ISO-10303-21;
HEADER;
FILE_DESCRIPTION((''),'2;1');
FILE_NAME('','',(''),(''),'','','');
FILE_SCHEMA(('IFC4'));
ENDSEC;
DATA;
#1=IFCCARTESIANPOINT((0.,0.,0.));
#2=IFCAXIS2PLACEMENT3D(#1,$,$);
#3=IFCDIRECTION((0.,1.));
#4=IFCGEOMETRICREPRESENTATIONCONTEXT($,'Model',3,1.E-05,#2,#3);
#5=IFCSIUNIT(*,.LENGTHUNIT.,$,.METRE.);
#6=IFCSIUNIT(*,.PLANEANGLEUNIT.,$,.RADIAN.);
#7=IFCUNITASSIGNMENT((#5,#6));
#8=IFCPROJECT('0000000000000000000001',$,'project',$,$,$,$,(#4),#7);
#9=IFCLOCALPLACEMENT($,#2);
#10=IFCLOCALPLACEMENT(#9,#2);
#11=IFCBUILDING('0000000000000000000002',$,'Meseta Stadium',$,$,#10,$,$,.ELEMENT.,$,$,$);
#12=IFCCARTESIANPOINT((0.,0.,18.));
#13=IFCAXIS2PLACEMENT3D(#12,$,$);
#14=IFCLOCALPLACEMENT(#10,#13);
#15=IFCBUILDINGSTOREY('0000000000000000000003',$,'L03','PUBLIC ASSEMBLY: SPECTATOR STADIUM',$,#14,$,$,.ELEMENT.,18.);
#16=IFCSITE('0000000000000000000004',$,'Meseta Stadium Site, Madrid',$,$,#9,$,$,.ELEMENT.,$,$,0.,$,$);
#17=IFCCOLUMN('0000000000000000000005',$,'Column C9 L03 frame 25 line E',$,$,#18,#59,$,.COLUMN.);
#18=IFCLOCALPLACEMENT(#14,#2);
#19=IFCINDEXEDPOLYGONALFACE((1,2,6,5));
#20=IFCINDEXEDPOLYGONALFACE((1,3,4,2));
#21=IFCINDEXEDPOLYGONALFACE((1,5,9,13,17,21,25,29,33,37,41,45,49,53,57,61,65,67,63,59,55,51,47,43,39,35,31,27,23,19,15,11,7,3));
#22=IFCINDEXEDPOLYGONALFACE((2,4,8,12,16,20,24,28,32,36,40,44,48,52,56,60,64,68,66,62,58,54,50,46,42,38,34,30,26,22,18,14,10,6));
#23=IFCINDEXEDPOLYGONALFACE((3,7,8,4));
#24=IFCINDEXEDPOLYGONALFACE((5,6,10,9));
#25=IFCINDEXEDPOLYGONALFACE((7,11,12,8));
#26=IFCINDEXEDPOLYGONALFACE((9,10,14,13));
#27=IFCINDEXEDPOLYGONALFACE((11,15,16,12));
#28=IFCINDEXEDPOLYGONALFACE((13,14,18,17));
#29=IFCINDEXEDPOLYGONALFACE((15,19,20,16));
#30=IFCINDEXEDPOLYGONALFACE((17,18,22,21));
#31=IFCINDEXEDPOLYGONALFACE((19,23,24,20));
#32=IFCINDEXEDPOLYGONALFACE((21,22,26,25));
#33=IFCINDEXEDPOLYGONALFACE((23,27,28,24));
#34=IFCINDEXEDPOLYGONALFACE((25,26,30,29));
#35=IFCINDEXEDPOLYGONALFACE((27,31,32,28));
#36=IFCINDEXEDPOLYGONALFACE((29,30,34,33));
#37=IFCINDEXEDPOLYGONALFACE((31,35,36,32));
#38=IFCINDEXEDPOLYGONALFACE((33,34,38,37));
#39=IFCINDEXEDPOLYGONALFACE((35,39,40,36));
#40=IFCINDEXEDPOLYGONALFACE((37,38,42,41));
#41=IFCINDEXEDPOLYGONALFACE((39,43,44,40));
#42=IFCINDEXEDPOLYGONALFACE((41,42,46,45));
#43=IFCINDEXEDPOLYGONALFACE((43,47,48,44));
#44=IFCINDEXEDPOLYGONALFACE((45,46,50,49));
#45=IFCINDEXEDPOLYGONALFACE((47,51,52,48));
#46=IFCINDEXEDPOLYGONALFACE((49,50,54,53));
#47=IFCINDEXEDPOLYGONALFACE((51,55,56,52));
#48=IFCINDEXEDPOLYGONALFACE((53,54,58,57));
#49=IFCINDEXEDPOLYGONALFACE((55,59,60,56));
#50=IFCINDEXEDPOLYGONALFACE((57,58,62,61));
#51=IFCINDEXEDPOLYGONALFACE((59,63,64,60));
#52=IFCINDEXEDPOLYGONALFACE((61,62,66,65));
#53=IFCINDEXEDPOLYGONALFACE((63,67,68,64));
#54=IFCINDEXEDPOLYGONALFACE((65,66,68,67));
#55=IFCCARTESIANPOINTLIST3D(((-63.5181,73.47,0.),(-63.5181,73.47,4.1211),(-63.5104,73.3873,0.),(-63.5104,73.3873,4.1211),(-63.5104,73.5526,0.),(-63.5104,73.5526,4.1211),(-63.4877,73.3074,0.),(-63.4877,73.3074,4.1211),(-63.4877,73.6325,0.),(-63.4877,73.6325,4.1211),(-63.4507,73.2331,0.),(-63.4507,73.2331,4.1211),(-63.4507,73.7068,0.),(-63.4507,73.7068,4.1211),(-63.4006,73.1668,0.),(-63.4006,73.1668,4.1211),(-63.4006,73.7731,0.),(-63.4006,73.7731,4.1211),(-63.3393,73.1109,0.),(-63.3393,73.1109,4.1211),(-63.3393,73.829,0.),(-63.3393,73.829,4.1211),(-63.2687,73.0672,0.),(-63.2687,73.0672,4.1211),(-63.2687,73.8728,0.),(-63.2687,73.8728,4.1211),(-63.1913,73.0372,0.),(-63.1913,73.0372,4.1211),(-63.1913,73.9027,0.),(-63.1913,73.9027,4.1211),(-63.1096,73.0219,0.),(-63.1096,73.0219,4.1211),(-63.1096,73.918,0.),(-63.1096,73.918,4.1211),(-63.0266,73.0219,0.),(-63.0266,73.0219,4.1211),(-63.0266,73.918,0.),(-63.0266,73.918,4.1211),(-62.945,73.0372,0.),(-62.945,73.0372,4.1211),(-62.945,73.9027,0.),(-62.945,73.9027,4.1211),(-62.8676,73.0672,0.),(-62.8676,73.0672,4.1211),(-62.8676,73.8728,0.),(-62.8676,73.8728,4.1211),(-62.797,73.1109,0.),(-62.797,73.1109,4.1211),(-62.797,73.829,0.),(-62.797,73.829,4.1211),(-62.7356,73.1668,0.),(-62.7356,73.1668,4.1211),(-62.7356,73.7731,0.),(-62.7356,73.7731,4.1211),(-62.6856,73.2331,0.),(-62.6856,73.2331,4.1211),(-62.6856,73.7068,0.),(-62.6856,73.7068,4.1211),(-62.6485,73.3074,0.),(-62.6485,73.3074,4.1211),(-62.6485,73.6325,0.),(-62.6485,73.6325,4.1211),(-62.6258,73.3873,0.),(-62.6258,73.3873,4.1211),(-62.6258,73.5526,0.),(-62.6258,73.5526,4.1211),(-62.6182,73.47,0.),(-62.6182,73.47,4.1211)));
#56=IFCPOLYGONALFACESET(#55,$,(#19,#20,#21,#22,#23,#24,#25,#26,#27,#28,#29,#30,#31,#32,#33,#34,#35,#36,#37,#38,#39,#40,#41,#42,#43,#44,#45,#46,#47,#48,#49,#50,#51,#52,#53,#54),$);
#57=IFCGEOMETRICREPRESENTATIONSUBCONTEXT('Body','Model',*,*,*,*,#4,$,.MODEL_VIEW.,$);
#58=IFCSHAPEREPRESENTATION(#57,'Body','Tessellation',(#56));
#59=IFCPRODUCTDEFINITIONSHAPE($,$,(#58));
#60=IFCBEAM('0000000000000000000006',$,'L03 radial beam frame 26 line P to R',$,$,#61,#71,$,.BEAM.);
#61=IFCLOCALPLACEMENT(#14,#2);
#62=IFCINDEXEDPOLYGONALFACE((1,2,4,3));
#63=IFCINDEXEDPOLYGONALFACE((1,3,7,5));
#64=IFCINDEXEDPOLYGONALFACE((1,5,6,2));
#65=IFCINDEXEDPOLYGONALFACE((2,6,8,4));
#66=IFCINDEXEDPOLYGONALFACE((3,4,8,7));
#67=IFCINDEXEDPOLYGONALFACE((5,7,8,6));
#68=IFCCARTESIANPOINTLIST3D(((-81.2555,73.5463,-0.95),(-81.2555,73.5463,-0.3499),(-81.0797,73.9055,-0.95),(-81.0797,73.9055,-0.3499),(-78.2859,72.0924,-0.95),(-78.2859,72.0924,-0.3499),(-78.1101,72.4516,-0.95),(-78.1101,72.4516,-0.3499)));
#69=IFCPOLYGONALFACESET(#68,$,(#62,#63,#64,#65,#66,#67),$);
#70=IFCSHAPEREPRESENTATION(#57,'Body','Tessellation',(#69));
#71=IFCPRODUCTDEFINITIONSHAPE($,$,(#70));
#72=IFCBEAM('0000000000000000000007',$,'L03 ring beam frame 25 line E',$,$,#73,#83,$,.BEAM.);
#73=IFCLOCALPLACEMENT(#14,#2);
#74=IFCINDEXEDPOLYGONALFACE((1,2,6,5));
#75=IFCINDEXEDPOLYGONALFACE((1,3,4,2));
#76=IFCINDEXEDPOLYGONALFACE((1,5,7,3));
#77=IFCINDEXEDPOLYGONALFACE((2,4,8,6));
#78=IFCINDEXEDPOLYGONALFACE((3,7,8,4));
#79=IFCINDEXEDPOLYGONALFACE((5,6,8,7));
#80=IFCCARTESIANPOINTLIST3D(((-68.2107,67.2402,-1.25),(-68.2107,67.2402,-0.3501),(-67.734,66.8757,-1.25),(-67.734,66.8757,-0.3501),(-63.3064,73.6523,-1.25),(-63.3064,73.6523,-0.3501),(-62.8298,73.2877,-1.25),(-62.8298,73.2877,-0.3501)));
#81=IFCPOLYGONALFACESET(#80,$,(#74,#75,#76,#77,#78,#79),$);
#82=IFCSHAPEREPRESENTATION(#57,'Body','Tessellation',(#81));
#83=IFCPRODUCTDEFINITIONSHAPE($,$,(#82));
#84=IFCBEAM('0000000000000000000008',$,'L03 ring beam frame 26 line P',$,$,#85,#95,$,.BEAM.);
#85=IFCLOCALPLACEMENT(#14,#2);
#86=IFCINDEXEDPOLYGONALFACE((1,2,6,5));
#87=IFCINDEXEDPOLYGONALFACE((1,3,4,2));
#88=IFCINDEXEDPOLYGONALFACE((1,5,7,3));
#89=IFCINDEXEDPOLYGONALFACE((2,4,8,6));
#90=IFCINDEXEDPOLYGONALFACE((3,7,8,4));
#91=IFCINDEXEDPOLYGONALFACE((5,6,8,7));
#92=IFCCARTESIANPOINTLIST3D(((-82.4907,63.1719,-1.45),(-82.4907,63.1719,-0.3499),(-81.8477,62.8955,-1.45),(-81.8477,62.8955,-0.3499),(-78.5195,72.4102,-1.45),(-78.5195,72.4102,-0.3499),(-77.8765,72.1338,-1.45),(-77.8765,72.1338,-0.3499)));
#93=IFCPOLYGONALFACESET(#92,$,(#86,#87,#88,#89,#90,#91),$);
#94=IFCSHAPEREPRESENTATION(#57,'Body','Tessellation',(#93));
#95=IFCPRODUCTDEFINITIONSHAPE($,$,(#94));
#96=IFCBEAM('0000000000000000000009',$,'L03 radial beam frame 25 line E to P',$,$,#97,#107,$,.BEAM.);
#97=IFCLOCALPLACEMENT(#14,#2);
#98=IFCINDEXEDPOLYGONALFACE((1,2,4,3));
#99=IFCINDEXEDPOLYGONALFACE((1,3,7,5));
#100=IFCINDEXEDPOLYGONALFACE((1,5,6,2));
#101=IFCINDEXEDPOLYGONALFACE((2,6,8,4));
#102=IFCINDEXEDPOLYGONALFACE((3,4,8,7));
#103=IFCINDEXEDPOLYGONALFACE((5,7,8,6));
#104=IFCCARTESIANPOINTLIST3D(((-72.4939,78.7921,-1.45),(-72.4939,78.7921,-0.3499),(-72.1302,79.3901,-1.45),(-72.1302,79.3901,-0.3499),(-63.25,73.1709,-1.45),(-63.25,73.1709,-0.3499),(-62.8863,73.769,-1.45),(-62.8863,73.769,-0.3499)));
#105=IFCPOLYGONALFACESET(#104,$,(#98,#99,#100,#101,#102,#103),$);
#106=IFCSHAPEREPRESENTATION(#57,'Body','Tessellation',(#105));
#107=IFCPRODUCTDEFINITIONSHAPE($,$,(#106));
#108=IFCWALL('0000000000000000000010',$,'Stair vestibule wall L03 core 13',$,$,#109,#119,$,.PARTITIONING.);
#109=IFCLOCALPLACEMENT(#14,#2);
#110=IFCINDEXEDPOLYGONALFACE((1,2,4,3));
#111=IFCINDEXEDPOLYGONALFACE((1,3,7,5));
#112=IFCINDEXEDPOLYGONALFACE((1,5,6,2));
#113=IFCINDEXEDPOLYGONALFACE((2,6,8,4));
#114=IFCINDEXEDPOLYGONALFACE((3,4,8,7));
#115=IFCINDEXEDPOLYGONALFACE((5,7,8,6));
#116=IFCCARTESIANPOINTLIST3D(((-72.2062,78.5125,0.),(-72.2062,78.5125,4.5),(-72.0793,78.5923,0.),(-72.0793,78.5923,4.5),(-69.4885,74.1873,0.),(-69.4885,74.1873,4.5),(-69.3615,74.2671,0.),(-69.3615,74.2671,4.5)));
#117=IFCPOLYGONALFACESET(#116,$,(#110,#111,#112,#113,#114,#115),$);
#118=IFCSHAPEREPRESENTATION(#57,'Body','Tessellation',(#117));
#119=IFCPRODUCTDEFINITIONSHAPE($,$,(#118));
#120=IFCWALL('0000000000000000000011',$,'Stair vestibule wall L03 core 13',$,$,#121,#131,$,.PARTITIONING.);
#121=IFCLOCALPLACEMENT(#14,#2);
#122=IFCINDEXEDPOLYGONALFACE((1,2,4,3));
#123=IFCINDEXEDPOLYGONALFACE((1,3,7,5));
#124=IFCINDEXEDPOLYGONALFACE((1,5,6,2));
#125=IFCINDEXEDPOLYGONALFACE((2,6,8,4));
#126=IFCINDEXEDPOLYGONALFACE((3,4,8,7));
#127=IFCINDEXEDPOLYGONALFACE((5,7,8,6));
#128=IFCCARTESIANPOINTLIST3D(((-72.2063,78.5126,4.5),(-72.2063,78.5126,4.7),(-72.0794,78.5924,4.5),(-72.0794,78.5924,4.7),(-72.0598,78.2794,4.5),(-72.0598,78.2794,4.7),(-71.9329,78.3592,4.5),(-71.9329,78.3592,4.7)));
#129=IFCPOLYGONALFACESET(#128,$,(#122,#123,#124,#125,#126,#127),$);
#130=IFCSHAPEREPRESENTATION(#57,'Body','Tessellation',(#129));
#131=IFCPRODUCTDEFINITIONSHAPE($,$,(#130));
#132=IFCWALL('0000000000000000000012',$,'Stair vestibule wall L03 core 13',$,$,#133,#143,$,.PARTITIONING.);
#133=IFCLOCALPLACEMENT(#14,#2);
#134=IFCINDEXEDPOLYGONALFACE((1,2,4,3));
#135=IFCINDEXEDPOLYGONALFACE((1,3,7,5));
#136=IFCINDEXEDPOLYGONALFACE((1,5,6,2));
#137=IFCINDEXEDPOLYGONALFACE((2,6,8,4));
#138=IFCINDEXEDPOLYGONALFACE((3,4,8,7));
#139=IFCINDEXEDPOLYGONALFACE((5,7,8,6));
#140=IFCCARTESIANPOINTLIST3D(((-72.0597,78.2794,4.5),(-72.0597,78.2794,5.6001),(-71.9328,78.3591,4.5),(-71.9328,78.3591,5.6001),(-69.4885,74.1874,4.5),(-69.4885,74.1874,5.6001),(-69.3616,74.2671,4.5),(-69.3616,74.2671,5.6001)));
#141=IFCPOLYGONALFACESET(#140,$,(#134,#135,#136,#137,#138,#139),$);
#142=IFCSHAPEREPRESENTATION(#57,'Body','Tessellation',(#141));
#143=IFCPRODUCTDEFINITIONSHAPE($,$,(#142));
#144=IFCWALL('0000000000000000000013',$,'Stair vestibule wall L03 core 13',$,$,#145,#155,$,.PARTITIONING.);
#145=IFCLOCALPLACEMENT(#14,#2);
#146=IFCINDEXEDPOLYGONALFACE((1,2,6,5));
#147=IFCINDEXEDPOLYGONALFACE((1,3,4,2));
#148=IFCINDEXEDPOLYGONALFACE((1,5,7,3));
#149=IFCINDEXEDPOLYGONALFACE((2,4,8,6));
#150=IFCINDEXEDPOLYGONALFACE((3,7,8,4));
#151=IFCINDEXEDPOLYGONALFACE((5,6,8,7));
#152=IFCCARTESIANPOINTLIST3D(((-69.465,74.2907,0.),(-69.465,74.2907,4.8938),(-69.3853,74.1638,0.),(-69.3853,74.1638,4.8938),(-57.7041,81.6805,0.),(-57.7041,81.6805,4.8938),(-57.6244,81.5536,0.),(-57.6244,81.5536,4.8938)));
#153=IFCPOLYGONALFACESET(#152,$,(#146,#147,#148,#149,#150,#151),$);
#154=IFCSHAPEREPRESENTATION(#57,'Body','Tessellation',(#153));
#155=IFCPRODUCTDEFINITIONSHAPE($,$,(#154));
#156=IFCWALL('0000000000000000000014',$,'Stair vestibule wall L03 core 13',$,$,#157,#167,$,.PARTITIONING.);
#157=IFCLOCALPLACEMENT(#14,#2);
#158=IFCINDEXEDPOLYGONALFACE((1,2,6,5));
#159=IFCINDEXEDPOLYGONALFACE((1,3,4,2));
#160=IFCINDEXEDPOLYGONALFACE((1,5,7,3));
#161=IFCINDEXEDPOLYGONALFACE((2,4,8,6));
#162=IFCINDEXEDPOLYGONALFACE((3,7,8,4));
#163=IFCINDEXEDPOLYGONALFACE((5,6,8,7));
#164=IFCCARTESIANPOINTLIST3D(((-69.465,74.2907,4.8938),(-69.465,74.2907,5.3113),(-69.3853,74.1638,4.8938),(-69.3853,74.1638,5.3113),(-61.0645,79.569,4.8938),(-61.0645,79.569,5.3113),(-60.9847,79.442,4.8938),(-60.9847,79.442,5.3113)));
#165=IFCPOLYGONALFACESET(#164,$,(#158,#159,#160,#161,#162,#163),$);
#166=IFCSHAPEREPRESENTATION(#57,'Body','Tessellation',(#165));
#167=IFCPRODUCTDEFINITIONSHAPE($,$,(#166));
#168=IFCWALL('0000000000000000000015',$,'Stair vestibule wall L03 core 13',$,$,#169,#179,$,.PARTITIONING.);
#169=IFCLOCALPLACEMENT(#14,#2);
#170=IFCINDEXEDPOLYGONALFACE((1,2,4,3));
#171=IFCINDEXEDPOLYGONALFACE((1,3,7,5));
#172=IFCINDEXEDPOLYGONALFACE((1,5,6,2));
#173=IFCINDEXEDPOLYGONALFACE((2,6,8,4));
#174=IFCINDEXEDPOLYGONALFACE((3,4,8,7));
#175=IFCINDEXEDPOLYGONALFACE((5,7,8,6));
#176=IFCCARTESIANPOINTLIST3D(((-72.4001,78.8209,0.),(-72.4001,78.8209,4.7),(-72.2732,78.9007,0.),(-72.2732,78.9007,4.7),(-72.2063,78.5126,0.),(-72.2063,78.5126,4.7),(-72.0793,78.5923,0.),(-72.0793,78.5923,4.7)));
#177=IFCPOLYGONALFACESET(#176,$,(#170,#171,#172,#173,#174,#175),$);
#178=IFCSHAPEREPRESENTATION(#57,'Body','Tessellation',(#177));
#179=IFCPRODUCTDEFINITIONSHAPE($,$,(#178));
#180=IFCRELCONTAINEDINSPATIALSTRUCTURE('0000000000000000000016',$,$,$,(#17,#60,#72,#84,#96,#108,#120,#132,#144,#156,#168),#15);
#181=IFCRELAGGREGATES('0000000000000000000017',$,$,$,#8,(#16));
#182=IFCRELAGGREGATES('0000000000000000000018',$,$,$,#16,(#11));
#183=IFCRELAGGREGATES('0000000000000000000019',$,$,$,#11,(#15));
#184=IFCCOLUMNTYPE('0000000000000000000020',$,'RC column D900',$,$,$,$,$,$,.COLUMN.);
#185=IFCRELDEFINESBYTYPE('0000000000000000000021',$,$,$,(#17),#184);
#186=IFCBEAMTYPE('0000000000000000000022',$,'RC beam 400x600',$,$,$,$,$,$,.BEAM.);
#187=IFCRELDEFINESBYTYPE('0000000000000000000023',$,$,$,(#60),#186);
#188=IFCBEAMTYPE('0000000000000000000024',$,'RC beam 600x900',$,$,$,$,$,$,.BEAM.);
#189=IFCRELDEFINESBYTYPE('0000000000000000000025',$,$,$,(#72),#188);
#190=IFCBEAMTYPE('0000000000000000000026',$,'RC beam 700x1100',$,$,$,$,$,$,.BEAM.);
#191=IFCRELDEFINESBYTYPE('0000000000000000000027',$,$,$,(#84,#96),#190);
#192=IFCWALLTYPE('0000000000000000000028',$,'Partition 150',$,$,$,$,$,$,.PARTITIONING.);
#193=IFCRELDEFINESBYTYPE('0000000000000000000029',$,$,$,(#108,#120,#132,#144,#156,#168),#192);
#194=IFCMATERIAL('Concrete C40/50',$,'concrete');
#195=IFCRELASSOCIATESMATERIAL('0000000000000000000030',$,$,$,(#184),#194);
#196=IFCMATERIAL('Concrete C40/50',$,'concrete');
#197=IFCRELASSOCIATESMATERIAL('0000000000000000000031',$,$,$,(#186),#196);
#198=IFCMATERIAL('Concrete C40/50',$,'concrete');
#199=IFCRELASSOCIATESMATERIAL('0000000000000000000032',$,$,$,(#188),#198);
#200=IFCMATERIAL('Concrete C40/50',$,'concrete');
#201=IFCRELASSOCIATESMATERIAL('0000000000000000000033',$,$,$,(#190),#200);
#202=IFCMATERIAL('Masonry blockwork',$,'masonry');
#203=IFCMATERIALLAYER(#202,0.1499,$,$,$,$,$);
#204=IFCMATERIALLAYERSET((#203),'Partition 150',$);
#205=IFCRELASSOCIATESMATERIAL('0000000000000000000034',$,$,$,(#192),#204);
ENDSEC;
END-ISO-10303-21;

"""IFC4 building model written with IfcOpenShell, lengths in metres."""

from ifc_helpers import new_model, si_unit, direction, frame, frame_2d, origin, origin_2d, place, context, subcontext, project, spatial, rectangle, circle, extrude, material, layer, layer_set, material_profile, profile_set, type_object, element, save


model = new_model("IFC4")

# Units and contexts
model_context = context("Model", 3, precision=1e-05, world=origin(), true_north=direction((0.0, 1.0)))
body_context = subcontext(model_context, "Body", "Model", "MODEL_VIEW")
ifc_project = project(units=[si_unit("LENGTHUNIT", "METRE"), si_unit("PLANEANGLEUNIT", "RADIAN")], contexts=[model_context])

# Site, building, storey
site_placement = place(None, origin())
site = spatial("IfcSite", under=ifc_project, at=site_placement, Name="Meseta Stadium Site, Madrid", CompositionType="ELEMENT", RefElevation=0.0)
building_placement = place(site_placement, origin())
building = spatial("IfcBuilding", under=site, at=building_placement, Name="Meseta Stadium", CompositionType="ELEMENT")
storey_placement = place(building_placement, frame((0.0, 0.0, 18.0)))
storey = spatial("IfcBuildingStorey", under=building, at=storey_placement, Name="L03", Description="PUBLIC ASSEMBLY: SPECTATOR STADIUM", CompositionType="ELEMENT", Elevation=18.0)

# Column
ifc_material_1 = material(Name="Concrete C40/50", Category="concrete")
ifc_material_profile_1 = material_profile(ifc_material_1, circle(Radius=0.45, at=origin_2d()), Name="RC D900")
ifc_profile_set_1 = profile_set([ifc_material_profile_1], Name="Concrete C40/50")
column_type = type_object("IfcColumnType", Name="RC column D900", PredefinedType="COLUMN", material=ifc_profile_set_1)
column_placement = place(storey_placement, frame((-63.0681, 73.47, 0.0), z_axis=(0.0, 0.0, 1.0), x_axis=(1.0, 0.0, 0.0)))
element("IfcColumn", 1, at=column_placement, inside=storey, type_object=column_type, Name="Column C9 L03 frame 25 line E", PredefinedType="COLUMN", context=body_context, shape_type="SweptSolid", body=[
    extrude(circle(Radius=0.45, at=origin_2d()), origin(), (0.0, 0.0, 1.0), 4.1211),
])

# Beams
ifc_material_2 = material(Name="Concrete C40/50", Category="concrete")
ifc_material_profile_2 = material_profile(ifc_material_2, rectangle(XDim=0.3999, YDim=0.6001, at=origin_2d()), Name="RC 400x600")
ifc_profile_set_2 = profile_set([ifc_material_profile_2], Name="Concrete C40/50")
beam_type_1 = type_object("IfcBeamType", Name="RC beam 400x600", PredefinedType="BEAM", material=ifc_profile_set_2)
beam_1_placement = place(storey_placement, frame((-78.198, 72.272, -0.6499), z_axis=(-0.898132, 0.439725, 0.0), x_axis=(-0.439725, -0.898132, 0.0)))
element("IfcBeam", 2, at=beam_1_placement, inside=storey, type_object=beam_type_1, Name="L03 radial beam frame 26 line P to R", PredefinedType="BEAM", context=body_context, shape_type="SweptSolid", body=[
    extrude(rectangle(XDim=0.3999, YDim=0.6001, at=origin_2d()), origin(), (0.0, 0.0, 1.0), 3.3064),
])
ifc_material_3 = material(Name="Concrete C40/50", Category="concrete")
ifc_material_profile_3 = material_profile(ifc_material_3, rectangle(XDim=0.6001, YDim=0.8999, at=origin_2d()), Name="RC 600x900")
ifc_profile_set_3 = profile_set([ifc_material_profile_3], Name="Concrete C40/50")
beam_type_2 = type_object("IfcBeamType", Name="RC beam 600x900", PredefinedType="BEAM", material=ifc_profile_set_3)
beam_2_placement = place(storey_placement, frame((-63.0681, 73.47, -0.8), z_axis=(-0.607522, -0.794303, 0.0), x_axis=(0.794303, -0.607522, 0.0)))
element("IfcBeam", 3, at=beam_2_placement, inside=storey, type_object=beam_type_2, Name="L03 ring beam frame 25 line E", PredefinedType="BEAM", context=body_context, shape_type="SweptSolid", body=[
    extrude(rectangle(XDim=0.6001, YDim=0.8999, at=origin_2d()), origin(), (0.0, 0.0, 1.0), 8.0725),
])
ifc_material_4 = material(Name="Concrete C40/50", Category="concrete")
ifc_material_profile_4 = material_profile(ifc_material_4, rectangle(XDim=0.7, YDim=1.1001, at=origin_2d()), Name="RC 700x1100")
ifc_profile_set_4 = profile_set([ifc_material_profile_4], Name="Concrete C40/50")
beam_type_3 = type_object("IfcBeamType", Name="RC beam 700x1100", PredefinedType="BEAM", material=ifc_profile_set_4)
beam_3_placement = place(storey_placement, frame((-78.198, 72.272, -0.8999), z_axis=(-0.394921, -0.918715, 0.0), x_axis=(0.918715, -0.394921, 0.0)))
element("IfcBeam", 4, at=beam_3_placement, inside=storey, type_object=beam_type_3, Name="L03 ring beam frame 26 line P", PredefinedType="BEAM", context=body_context, shape_type="SweptSolid", body=[
    extrude(rectangle(XDim=0.7, YDim=1.1001, at=origin_2d()), origin(), (0.0, 0.0, 1.0), 10.0557),
])
beam_4_placement = place(storey_placement, frame((-63.0681, 73.47, -0.8999), z_axis=(-0.854429, 0.519567, 0.0), x_axis=(-0.519567, -0.854429, 0.0)))
element("IfcBeam", 5, at=beam_4_placement, inside=storey, type_object=beam_type_3, Name="L03 radial beam frame 25 line E to P", PredefinedType="BEAM", context=body_context, shape_type="SweptSolid", body=[
    extrude(rectangle(XDim=0.7, YDim=1.1001, at=origin_2d()), origin(), (0.0, 0.0, 1.0), 10.8188),
])

# Walls
ifc_material_5 = material(Name="Masonry blockwork", Category="masonry")
ifc_layer = layer(ifc_material_5, 0.1499)
ifc_layer_set = layer_set([ifc_layer], Name="Partition 150")
wall_type = type_object("IfcWallType", Name="Partition 150", PredefinedType="PARTITIONING", material=ifc_layer_set)
wall_1_placement = place(storey_placement, frame((-72.1428, 78.5525, 0.0), z_axis=(0.0, 0.0, 1.0), x_axis=(0.532042, -0.846718, 0.0)))
element("IfcWall", 6, at=wall_1_placement, inside=storey, type_object=wall_type, Name="Stair vestibule wall L03 core 13", PredefinedType="PARTITIONING", context=body_context, shape_type="SweptSolid", body=[
    extrude(rectangle(XDim=5.1082, YDim=0.1499, at=frame_2d((2.5542, 0.0))), origin(), (0.0, 0.0, 1.0), 4.5),
])
wall_2_placement = place(storey_placement, frame((-72.1428, 78.5525, 4.5), z_axis=(0.0, 0.0, 1.0), x_axis=(0.53199, -0.846751, 0.0)))
element("IfcWall", 7, at=wall_2_placement, inside=storey, type_object=wall_type, Name="Stair vestibule wall L03 core 13", PredefinedType="PARTITIONING", context=body_context, shape_type="SweptSolid", body=[
    extrude(rectangle(XDim=0.2754, YDim=0.1499, at=frame_2d((0.1377, 0.0))), origin(), (0.0, 0.0, 1.0), 0.2),
])
wall_3_placement = place(storey_placement, frame((-71.9963, 78.3193, 4.5), z_axis=(0.0, 0.0, 1.0), x_axis=(0.532045, -0.846716, 0.0)))
element("IfcWall", 8, at=wall_3_placement, inside=storey, type_object=wall_type, Name="Stair vestibule wall L03 core 13", PredefinedType="PARTITIONING", context=body_context, shape_type="SweptSolid", body=[
    extrude(rectangle(XDim=4.8328, YDim=0.1499, at=frame_2d((2.4165, 0.0))), origin(), (0.0, 0.0, 1.0), 1.1001),
])
wall_4_placement = place(storey_placement, frame((-69.425, 74.2273, 0.0), z_axis=(0.0, 0.0, 1.0), x_axis=(0.846725, 0.532031, 0.0)))
element("IfcWall", 9, at=wall_4_placement, inside=storey, type_object=wall_type, Name="Stair vestibule wall L03 core 13", PredefinedType="PARTITIONING", context=body_context, shape_type="SweptSolid", body=[
    extrude(rectangle(XDim=13.8899, YDim=0.1499, at=frame_2d((6.9448, 0.0))), origin(), (0.0, 0.0, 1.0), 4.8938),
])
wall_5_placement = place(storey_placement, frame((-69.425, 74.2273, 4.8938), z_axis=(0.0, 0.0, 1.0), x_axis=(0.846731, 0.532021, 0.0)))
element("IfcWall", 10, at=wall_5_placement, inside=storey, type_object=wall_type, Name="Stair vestibule wall L03 core 13", PredefinedType="PARTITIONING", context=body_context, shape_type="SweptSolid", body=[
    extrude(rectangle(XDim=9.9211, YDim=0.1499, at=frame_2d((4.9604, 0.0))), origin(), (0.0, 0.0, 1.0), 0.4175),
])
wall_6_placement = place(storey_placement, frame((-72.3367, 78.8608, 0.0), z_axis=(0.0, 0.0, 1.0), x_axis=(0.532226, -0.846602, 0.0)))
element("IfcWall", 11, at=wall_6_placement, inside=storey, type_object=wall_type, Name="Stair vestibule wall L03 core 13", PredefinedType="PARTITIONING", context=body_context, shape_type="SweptSolid", body=[
    extrude(rectangle(XDim=0.3643, YDim=0.1499, at=frame_2d((0.1821, 0.0))), origin(), (0.0, 0.0, 1.0), 4.7),
])

save(model, "model.ifc")
